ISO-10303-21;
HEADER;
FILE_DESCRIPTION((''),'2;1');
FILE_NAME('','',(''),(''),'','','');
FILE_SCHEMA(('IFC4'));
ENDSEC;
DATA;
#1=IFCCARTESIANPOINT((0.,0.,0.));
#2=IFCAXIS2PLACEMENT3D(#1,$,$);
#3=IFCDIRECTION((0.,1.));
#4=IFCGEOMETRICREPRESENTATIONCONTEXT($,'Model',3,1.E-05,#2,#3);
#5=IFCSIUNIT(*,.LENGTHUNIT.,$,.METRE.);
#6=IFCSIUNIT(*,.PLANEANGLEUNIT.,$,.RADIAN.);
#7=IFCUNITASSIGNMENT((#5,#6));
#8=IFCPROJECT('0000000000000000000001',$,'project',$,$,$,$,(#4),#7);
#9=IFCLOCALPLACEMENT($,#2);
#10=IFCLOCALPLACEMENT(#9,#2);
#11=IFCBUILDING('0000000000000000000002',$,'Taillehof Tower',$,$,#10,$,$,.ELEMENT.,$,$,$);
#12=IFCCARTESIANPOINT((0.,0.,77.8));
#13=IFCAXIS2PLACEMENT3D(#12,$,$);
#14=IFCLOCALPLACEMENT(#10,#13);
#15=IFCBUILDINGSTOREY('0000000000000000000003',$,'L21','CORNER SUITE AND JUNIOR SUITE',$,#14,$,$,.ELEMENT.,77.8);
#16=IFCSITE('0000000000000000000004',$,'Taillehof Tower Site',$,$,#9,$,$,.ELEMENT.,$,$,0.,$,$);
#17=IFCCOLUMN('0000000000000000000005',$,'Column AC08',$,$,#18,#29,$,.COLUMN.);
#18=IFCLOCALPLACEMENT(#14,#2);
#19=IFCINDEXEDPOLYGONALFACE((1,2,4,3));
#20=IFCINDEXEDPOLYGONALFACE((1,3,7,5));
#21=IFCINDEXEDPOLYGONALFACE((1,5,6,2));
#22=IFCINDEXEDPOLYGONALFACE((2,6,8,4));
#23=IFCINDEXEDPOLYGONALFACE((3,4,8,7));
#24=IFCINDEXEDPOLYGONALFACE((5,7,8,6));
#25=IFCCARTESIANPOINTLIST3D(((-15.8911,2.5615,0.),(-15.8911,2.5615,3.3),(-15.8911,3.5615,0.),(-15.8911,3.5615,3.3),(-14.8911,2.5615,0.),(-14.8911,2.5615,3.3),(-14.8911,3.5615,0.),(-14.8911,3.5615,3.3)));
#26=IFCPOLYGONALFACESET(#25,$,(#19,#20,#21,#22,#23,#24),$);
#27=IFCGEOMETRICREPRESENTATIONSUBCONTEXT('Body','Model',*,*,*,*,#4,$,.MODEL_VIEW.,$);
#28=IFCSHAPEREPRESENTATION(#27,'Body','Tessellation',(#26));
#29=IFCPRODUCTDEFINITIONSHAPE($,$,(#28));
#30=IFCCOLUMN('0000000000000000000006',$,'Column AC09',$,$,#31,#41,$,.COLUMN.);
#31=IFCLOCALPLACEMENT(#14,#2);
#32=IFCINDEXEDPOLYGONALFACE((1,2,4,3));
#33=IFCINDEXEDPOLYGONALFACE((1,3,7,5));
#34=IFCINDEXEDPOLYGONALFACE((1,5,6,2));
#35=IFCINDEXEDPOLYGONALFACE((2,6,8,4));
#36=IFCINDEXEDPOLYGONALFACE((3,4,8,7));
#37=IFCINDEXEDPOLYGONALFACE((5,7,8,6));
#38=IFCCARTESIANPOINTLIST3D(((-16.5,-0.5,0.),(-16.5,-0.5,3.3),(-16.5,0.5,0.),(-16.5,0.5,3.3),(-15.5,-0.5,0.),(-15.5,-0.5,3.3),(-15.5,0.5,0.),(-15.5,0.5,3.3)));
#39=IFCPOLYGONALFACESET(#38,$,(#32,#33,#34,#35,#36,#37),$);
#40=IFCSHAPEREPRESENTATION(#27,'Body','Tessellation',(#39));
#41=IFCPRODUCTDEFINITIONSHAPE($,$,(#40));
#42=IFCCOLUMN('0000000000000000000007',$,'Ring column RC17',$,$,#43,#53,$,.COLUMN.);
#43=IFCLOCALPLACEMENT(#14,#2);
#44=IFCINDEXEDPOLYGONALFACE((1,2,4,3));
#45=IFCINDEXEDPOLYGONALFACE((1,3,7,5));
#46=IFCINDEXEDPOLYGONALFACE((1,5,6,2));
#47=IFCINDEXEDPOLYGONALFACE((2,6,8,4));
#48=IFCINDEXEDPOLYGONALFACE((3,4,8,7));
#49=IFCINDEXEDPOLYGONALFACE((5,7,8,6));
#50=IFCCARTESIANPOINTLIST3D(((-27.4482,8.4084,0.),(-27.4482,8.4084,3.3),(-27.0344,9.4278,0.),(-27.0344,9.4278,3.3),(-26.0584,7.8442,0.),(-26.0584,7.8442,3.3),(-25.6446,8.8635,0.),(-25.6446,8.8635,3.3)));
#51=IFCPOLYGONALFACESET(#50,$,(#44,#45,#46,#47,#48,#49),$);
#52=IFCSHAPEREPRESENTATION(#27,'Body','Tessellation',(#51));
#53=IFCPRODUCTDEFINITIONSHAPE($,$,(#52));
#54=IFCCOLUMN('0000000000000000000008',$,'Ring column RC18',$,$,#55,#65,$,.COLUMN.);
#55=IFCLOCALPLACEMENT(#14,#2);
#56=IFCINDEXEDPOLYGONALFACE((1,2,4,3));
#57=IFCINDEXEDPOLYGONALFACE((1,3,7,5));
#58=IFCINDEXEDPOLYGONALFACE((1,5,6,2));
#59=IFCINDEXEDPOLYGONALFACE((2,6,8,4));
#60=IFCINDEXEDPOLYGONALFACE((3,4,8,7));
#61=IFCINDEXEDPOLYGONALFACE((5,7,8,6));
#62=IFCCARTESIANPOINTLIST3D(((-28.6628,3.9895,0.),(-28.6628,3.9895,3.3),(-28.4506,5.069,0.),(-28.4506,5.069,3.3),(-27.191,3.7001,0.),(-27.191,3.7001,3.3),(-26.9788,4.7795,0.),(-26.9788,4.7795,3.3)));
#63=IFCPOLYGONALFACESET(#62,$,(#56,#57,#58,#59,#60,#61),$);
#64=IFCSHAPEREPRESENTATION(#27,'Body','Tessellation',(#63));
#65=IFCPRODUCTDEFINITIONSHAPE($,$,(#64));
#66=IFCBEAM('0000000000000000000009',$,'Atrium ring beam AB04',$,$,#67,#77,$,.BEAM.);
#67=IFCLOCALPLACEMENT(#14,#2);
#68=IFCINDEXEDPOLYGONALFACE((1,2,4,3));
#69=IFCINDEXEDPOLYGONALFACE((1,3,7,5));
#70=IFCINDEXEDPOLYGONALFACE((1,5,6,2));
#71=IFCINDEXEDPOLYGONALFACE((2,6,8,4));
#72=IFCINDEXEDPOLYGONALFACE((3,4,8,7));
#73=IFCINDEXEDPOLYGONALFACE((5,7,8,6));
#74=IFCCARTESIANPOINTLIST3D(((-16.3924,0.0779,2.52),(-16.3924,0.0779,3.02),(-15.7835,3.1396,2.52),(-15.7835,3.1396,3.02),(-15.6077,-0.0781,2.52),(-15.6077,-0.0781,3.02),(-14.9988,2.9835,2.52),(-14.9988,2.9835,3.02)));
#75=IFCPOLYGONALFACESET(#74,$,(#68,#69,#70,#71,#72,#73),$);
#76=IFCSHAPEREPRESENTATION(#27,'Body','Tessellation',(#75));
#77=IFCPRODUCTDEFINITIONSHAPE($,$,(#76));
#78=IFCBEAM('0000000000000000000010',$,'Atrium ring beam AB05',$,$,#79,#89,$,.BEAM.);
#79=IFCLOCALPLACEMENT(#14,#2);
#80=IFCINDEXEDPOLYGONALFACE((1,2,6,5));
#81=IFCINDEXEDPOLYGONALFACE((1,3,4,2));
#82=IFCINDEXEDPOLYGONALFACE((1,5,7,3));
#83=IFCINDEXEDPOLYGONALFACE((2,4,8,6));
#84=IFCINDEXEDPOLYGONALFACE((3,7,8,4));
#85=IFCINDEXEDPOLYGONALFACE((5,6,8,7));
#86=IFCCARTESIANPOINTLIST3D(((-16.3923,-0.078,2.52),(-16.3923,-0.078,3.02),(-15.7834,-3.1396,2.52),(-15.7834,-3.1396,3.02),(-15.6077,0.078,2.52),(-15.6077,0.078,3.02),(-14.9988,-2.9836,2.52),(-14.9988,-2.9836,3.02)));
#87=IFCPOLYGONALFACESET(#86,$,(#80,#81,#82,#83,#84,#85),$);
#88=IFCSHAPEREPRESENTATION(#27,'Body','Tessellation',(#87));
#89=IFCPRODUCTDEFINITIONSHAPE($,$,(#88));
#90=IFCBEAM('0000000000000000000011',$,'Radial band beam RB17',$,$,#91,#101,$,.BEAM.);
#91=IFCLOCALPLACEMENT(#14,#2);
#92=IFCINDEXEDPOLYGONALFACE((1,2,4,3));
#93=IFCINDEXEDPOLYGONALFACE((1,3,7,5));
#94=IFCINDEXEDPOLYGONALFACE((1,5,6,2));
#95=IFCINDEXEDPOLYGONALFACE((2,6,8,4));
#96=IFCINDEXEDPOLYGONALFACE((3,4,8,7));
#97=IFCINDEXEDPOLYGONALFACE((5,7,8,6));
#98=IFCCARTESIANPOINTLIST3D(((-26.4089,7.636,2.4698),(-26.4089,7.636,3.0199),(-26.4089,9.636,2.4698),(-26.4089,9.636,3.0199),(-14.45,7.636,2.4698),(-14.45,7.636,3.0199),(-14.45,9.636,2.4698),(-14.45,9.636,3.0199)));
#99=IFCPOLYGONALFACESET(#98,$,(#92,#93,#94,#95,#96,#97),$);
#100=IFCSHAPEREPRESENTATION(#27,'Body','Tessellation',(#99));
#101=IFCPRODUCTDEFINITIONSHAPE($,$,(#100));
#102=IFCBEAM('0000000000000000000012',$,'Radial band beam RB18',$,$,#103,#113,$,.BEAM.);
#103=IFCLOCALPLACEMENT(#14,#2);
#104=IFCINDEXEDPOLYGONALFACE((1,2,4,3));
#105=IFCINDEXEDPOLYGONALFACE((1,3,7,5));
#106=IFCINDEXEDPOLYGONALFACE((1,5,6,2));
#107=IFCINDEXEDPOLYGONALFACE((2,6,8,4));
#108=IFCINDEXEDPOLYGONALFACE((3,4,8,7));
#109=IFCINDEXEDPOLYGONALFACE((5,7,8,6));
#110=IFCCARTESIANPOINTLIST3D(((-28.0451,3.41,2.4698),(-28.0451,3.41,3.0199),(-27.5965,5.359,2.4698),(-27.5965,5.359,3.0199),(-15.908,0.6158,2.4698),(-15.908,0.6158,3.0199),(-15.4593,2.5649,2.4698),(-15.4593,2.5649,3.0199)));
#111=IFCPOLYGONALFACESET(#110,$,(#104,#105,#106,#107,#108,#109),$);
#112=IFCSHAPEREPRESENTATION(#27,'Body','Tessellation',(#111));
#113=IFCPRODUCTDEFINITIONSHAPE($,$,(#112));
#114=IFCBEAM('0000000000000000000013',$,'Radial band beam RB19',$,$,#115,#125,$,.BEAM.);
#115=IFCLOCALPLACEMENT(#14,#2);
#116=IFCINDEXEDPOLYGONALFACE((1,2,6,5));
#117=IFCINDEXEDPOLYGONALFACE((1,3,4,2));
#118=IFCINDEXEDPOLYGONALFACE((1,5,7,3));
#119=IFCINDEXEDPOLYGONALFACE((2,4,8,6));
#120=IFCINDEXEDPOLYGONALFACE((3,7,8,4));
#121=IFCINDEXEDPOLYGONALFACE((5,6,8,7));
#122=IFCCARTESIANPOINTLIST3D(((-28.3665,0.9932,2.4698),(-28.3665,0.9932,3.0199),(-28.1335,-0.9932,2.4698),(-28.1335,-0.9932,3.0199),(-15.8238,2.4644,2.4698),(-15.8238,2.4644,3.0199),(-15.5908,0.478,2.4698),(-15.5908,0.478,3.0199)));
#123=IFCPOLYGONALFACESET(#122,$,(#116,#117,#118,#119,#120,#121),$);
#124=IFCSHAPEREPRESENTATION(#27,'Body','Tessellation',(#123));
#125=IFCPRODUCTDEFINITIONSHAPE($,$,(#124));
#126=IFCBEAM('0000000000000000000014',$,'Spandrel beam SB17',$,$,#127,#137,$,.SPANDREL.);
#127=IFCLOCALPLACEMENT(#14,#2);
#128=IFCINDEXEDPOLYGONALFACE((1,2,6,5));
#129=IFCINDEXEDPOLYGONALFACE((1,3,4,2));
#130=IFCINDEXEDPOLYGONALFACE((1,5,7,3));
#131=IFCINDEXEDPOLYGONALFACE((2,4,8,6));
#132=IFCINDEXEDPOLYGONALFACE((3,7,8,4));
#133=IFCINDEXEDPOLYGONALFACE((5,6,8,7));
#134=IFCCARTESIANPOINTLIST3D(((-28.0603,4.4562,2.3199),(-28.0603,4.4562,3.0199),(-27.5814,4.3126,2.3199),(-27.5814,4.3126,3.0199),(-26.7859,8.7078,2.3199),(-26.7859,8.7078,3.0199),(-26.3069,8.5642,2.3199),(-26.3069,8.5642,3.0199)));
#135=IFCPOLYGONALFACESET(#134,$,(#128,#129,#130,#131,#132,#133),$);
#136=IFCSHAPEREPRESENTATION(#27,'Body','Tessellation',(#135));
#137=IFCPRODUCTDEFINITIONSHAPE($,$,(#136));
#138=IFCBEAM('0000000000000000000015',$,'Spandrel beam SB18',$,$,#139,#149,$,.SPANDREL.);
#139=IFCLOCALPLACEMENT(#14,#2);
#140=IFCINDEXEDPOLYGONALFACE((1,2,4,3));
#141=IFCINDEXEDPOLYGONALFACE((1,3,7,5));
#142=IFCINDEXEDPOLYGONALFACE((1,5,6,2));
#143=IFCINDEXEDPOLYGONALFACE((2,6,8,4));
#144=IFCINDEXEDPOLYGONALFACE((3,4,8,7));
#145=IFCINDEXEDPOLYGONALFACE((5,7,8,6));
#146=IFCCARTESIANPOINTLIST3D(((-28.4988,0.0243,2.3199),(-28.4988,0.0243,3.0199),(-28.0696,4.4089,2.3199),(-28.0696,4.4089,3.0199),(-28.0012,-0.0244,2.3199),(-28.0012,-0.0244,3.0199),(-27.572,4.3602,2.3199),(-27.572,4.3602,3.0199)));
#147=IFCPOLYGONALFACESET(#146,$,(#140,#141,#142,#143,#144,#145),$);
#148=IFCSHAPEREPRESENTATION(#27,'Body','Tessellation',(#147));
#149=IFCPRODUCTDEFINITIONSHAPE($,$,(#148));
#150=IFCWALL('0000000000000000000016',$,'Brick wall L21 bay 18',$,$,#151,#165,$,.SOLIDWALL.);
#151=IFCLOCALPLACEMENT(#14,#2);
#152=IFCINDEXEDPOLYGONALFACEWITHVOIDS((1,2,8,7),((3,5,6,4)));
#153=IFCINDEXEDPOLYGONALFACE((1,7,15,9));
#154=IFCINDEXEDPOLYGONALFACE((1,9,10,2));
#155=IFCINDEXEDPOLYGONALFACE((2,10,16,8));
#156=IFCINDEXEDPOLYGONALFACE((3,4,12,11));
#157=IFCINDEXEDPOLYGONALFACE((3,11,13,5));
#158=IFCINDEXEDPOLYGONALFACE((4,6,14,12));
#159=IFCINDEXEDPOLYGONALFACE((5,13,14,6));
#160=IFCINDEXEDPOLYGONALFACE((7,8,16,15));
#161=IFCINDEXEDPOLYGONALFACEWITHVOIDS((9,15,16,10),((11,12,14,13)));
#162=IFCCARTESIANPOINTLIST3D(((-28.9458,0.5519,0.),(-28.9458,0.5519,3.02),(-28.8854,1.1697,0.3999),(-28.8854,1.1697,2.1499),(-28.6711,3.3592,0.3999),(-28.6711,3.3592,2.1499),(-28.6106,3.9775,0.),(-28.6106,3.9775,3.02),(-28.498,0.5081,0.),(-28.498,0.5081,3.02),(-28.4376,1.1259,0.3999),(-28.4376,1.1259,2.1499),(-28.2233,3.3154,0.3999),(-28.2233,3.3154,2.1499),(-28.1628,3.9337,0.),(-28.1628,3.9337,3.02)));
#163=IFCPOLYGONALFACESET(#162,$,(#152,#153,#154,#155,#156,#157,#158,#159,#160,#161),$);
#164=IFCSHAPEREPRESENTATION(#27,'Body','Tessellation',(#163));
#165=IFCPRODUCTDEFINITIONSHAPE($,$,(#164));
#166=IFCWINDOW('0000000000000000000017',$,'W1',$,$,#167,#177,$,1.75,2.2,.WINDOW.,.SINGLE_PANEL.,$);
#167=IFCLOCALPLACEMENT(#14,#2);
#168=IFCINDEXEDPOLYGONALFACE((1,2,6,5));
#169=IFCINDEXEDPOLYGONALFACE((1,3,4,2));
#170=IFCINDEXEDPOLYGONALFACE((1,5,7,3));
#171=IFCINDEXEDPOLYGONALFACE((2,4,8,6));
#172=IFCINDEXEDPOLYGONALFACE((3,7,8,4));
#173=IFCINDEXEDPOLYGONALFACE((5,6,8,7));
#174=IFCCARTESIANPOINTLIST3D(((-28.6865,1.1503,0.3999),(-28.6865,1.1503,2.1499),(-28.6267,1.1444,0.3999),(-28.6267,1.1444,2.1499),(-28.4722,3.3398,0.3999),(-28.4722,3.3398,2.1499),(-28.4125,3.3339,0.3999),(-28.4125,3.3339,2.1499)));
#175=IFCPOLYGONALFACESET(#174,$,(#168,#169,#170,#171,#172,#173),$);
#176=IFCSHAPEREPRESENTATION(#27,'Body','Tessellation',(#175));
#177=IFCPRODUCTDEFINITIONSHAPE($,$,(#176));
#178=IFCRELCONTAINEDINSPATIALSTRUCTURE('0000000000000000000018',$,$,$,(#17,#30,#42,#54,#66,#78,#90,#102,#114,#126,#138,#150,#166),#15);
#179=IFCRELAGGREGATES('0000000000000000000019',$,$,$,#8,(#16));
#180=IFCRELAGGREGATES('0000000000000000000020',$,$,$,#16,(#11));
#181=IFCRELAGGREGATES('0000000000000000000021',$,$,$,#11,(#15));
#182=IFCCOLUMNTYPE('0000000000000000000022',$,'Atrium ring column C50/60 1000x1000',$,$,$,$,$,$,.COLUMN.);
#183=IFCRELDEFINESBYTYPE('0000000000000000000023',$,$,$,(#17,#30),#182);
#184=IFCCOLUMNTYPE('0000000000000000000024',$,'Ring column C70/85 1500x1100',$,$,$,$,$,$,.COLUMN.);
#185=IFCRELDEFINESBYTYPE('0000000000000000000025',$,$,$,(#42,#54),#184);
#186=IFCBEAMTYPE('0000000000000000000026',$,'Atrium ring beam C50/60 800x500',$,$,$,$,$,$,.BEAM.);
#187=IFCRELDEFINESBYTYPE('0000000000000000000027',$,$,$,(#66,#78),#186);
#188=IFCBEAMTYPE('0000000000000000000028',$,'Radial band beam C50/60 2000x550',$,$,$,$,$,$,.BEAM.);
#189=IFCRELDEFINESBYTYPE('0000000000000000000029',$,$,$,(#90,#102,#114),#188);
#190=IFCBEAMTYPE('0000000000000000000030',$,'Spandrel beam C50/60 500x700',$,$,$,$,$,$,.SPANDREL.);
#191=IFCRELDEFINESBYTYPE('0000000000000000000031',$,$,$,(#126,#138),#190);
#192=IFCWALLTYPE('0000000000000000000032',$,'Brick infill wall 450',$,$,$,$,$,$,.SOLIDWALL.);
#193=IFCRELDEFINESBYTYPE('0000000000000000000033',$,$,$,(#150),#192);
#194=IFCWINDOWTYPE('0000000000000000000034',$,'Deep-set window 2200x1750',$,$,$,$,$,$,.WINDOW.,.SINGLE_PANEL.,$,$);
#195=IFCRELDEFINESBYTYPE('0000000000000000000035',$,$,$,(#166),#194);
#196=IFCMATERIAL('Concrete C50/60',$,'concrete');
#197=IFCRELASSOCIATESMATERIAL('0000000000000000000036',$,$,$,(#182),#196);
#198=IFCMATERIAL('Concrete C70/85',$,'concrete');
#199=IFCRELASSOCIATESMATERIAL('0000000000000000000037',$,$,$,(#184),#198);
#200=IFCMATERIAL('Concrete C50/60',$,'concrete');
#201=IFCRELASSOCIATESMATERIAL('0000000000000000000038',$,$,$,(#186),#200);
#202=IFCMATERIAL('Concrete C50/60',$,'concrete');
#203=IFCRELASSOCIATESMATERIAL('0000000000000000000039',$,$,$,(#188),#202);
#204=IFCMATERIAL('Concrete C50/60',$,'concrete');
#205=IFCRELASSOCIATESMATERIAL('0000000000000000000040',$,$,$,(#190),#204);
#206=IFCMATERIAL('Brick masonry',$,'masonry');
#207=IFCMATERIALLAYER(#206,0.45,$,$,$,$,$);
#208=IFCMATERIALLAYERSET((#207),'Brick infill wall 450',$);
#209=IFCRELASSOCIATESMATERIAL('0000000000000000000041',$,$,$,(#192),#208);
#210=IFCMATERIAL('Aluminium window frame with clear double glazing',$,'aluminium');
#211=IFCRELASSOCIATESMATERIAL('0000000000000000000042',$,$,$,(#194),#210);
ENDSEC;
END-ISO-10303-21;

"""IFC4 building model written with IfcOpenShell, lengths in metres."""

from ifc_helpers import new_model, si_unit, direction, frame, frame_2d, origin, origin_2d, place, context, subcontext, project, spatial, rectangle, extrude, material, layer, layer_set, material_profile, profile_set, type_object, element, fill, save


model = new_model("IFC4")

# Units and contexts
model_context = context("Model", 3, precision=1e-05, world=origin(), true_north=direction((0.0, 1.0)))
body_context = subcontext(model_context, "Body", "Model", "MODEL_VIEW")
ifc_project = project(units=[si_unit("LENGTHUNIT", "METRE"), si_unit("PLANEANGLEUNIT", "RADIAN")], contexts=[model_context])

# Site, building, storey
site_placement = place(None, origin())
site = spatial("IfcSite", under=ifc_project, at=site_placement, Name="Taillehof Tower Site", CompositionType="ELEMENT", RefElevation=0.0)
building_placement = place(site_placement, origin())
building = spatial("IfcBuilding", under=site, at=building_placement, Name="Taillehof Tower", CompositionType="ELEMENT")
storey_placement = place(building_placement, frame((0.0, 0.0, 77.8)))
storey = spatial("IfcBuildingStorey", under=building, at=storey_placement, Name="L21", Description="CORNER SUITE AND JUNIOR SUITE", CompositionType="ELEMENT", Elevation=77.8)

# Columns
ifc_material_1 = material(Name="Concrete C50/60", Category="concrete")
ifc_material_profile_1 = material_profile(ifc_material_1, rectangle(XDim=1.0, YDim=1.0, at=origin_2d()), Name="RC 1000x1000")
ifc_profile_set_1 = profile_set([ifc_material_profile_1], Name="Concrete C50/60")
column_type_1 = type_object("IfcColumnType", Name="Atrium ring column C50/60 1000x1000", PredefinedType="COLUMN", material=ifc_profile_set_1)
for number, where, z_axis, x_axis, name in (
    (1, (-15.3911, 3.0615, 0.0), (0.0, 0.0, 1.0), (1.0, 0.0, 0.0), "Column AC08"),
    (2, (-16.0, 0.0, 0.0), (0.0, 0.0, 1.0), (1.0, 0.0, 0.0), "Column AC09"),
):
    element("IfcColumn", number, at=place(storey_placement, frame(where, z_axis=z_axis, x_axis=x_axis)), inside=storey, type_object=column_type_1, Name=name, PredefinedType="COLUMN", context=body_context, shape_type="SweptSolid", body=[
        extrude(rectangle(XDim=1.0, YDim=1.0, at=origin_2d()), origin(), (0.0, 0.0, 1.0), 3.3),
    ])
ifc_material_2 = material(Name="Concrete C70/85", Category="concrete")
ifc_material_profile_2 = material_profile(ifc_material_2, rectangle(XDim=1.5, YDim=1.1001, at=origin_2d()), Name="RC 1500x1100")
ifc_profile_set_2 = profile_set([ifc_material_profile_2], Name="Concrete C70/85")
column_type_2 = type_object("IfcColumnType", Name="Ring column C70/85 1500x1100", PredefinedType="COLUMN", material=ifc_profile_set_2)
for number, where, z_axis, x_axis, name in (
    (3, (-26.5464, 8.636, 0.0), (0.0, 0.0, 1.0), (-0.926558, 0.376152, 0.0), "Ring column RC17"),
    (4, (-27.8208, 4.3845, 0.0), (0.0, 0.0, 1.0), (-0.981204, 0.192976, 0.0), "Ring column RC18"),
):
    element("IfcColumn", number, at=place(storey_placement, frame(where, z_axis=z_axis, x_axis=x_axis)), inside=storey, type_object=column_type_2, Name=name, PredefinedType="COLUMN", context=body_context, shape_type="SweptSolid", body=[
        extrude(rectangle(XDim=1.5, YDim=1.1001, at=origin_2d()), origin(), (0.0, 0.0, 1.0), 3.3),
    ])

# Beams
ifc_material_3 = material(Name="Concrete C50/60", Category="concrete")
ifc_material_profile_3 = material_profile(ifc_material_3, rectangle(XDim=0.8, YDim=0.5, at=origin_2d()), Name="RC 800x500")
ifc_profile_set_3 = profile_set([ifc_material_profile_3], Name="Concrete C50/60")
beam_type_1 = type_object("IfcBeamType", Name="Atrium ring beam C50/60 800x500", PredefinedType="BEAM", material=ifc_profile_set_3)
for number, where, z_axis, x_axis, name in (
    (5, (-15.3911, 3.0615, 2.77), (-0.195063, -0.980791, 0.0), (0.980791, -0.195063, 0.0), "Atrium ring beam AB04"),
    (6, (-16.0, 0.0, 2.77), (0.195063, -0.980791, 0.0), (0.980791, 0.195063, 0.0), "Atrium ring beam AB05"),
):
    element("IfcBeam", number, at=place(storey_placement, frame(where, z_axis=z_axis, x_axis=x_axis)), inside=storey, type_object=beam_type_1, Name=name, PredefinedType="BEAM", context=body_context, shape_type="SweptSolid", body=[
        extrude(rectangle(XDim=0.8, YDim=0.5, at=origin_2d()), origin(), (0.0, 0.0, 1.0), 3.1216),
    ])
ifc_material_4 = material(Name="Concrete C50/60", Category="concrete")
ifc_material_profile_4 = material_profile(ifc_material_4, rectangle(XDim=2.0, YDim=0.55, at=origin_2d()), Name="RC 2000x550")
ifc_profile_set_4 = profile_set([ifc_material_profile_4], Name="Concrete C50/60")
beam_type_2 = type_object("IfcBeamType", Name="Radial band beam C50/60 2000x550", PredefinedType="BEAM", material=ifc_profile_set_4)
beam_1_placement = place(storey_placement, frame((-26.4089, 8.636, 2.7449), z_axis=(1.0, 0.0, 0.0), x_axis=(0.0, 1.0, 0.0)))
element("IfcBeam", 7, at=beam_1_placement, inside=storey, type_object=beam_type_2, Name="Radial band beam RB17", PredefinedType="BEAM", context=body_context, shape_type="SweptSolid", body=[
    extrude(rectangle(XDim=2.0, YDim=0.55, at=origin_2d()), origin(), (0.0, 0.0, 1.0), 11.959),
])
beam_2_placement = place(storey_placement, frame((-27.8208, 4.3845, 2.7449), z_axis=(0.974509, -0.224348, 0.0), x_axis=(0.224348, 0.974509, 0.0)))
element("IfcBeam", 8, at=beam_2_placement, inside=storey, type_object=beam_type_2, Name="Radial band beam RB18", PredefinedType="BEAM", context=body_context, shape_type="SweptSolid", body=[
    extrude(rectangle(XDim=2.0, YDim=0.55, at=origin_2d()), origin(), (0.0, 0.0, 1.0), 12.4546),
])
beam_3_placement = place(storey_placement, frame((-28.25, 0.0, 2.7449), z_axis=(0.993191, 0.116496, 0.0), x_axis=(-0.116496, 0.993191, 0.0)))
element("IfcBeam", 9, at=beam_3_placement, inside=storey, type_object=beam_type_2, Name="Radial band beam RB19", PredefinedType="BEAM", context=body_context, shape_type="SweptSolid", body=[
    extrude(rectangle(XDim=2.0, YDim=0.55, at=origin_2d()), origin(), (0.0, 0.0, 1.0), 12.6287),
])
ifc_material_5 = material(Name="Concrete C50/60", Category="concrete")
ifc_material_profile_5 = material_profile(ifc_material_5, rectangle(XDim=0.5, YDim=0.7, at=origin_2d()), Name="RC 500x700")
ifc_profile_set_5 = profile_set([ifc_material_profile_5], Name="Concrete C50/60")
beam_type_3 = type_object("IfcBeamType", Name="Spandrel beam C50/60 500x700", PredefinedType="SPANDREL", material=ifc_profile_set_5)
beam_4_placement = place(storey_placement, frame((-26.5464, 8.636, 2.6699), z_axis=(-0.287136, -0.95789, 0.0), x_axis=(0.95789, -0.287136, 0.0)))
element("IfcBeam", 10, at=beam_4_placement, inside=storey, type_object=beam_type_3, Name="Spandrel beam SB17", PredefinedType="SPANDREL", context=body_context, shape_type="SweptSolid", body=[
    extrude(rectangle(XDim=0.5, YDim=0.7, at=origin_2d()), origin(), (0.0, 0.0, 1.0), 4.4385),
])
beam_5_placement = place(storey_placement, frame((-27.8208, 4.3845, 2.6699), z_axis=(-0.097424, -0.995243, 0.0), x_axis=(0.995243, -0.097424, 0.0)))
element("IfcBeam", 11, at=beam_5_placement, inside=storey, type_object=beam_type_3, Name="Spandrel beam SB18", PredefinedType="SPANDREL", context=body_context, shape_type="SweptSolid", body=[
    extrude(rectangle(XDim=0.5, YDim=0.7, at=origin_2d()), origin(), (0.0, 0.0, 1.0), 4.4055),
])

# Wall, opening, window
ifc_material_6 = material(Name="Brick masonry", Category="masonry")
ifc_layer_1 = layer(ifc_material_6, 0.45)
ifc_layer_set_1 = layer_set([ifc_layer_1], Name="Brick infill wall 450")
wall_type_1 = type_object("IfcWallType", Name="Brick infill wall 450", PredefinedType="SOLIDWALL", material=ifc_layer_set_1)
wall_1_placement = place(storey_placement, frame((-28.3867, 3.9556, 0.0), z_axis=(0.0, 0.0, 1.0), x_axis=(-0.09739, -0.995246, 0.0)))
wall_1 = element("IfcWall", 12, at=wall_1_placement, inside=storey, type_object=wall_type_1, Name="Brick wall L21 bay 18", PredefinedType="SOLIDWALL", context=body_context, shape_type="SweptSolid", body=[
    extrude(rectangle(XDim=3.4419, YDim=0.45, at=frame_2d((1.7209, 0.0))), origin(), (0.0, 0.0, 1.0), 3.02),
])
opening_1_placement = place(wall_1_placement, frame((0.6211, 0.0, 0.3999)))
opening_1 = element("IfcOpeningElement", 13, at=opening_1_placement, cuts=wall_1, PredefinedType="OPENING", context=body_context, shape_type="SweptSolid", body=[
    extrude(rectangle(XDim=2.2, YDim=1.75, at=frame_2d((1.1001, 0.875))), frame((0.0, 0.2349, 0.0), z_axis=(0.0, -1.0, 0.0), x_axis=(1.0, 0.0, 0.0)), (0.0, 0.0, 1.0), 0.47),
])
ifc_material_7 = material(Name="Aluminium window frame with clear double glazing", Category="aluminium")
window_type_1 = type_object("IfcWindowType", Name="Deep-set window 2200x1750", PartitioningType="SINGLE_PANEL", PredefinedType="WINDOW", material=ifc_material_7)
window_1_placement = place(opening_1_placement, origin())
window_1 = element("IfcWindow", 14, at=window_1_placement, inside=storey, type_object=window_type_1, Name="W1", OverallHeight=1.75, OverallWidth=2.2, PartitioningType="SINGLE_PANEL", PredefinedType="WINDOW", context=body_context, shape_type="SweptSolid", body=[
    extrude(rectangle(XDim=2.2, YDim=1.75, at=frame_2d((1.1001, 0.875))), frame((0.0, 0.0349, 0.0), z_axis=(0.0, -1.0, 0.0), x_axis=(1.0, 0.0, 0.0)), (0.0, 0.0, 1.0), 0.0601),
])
fill(opening_1, window_1)

save(model, "model.ifc")
